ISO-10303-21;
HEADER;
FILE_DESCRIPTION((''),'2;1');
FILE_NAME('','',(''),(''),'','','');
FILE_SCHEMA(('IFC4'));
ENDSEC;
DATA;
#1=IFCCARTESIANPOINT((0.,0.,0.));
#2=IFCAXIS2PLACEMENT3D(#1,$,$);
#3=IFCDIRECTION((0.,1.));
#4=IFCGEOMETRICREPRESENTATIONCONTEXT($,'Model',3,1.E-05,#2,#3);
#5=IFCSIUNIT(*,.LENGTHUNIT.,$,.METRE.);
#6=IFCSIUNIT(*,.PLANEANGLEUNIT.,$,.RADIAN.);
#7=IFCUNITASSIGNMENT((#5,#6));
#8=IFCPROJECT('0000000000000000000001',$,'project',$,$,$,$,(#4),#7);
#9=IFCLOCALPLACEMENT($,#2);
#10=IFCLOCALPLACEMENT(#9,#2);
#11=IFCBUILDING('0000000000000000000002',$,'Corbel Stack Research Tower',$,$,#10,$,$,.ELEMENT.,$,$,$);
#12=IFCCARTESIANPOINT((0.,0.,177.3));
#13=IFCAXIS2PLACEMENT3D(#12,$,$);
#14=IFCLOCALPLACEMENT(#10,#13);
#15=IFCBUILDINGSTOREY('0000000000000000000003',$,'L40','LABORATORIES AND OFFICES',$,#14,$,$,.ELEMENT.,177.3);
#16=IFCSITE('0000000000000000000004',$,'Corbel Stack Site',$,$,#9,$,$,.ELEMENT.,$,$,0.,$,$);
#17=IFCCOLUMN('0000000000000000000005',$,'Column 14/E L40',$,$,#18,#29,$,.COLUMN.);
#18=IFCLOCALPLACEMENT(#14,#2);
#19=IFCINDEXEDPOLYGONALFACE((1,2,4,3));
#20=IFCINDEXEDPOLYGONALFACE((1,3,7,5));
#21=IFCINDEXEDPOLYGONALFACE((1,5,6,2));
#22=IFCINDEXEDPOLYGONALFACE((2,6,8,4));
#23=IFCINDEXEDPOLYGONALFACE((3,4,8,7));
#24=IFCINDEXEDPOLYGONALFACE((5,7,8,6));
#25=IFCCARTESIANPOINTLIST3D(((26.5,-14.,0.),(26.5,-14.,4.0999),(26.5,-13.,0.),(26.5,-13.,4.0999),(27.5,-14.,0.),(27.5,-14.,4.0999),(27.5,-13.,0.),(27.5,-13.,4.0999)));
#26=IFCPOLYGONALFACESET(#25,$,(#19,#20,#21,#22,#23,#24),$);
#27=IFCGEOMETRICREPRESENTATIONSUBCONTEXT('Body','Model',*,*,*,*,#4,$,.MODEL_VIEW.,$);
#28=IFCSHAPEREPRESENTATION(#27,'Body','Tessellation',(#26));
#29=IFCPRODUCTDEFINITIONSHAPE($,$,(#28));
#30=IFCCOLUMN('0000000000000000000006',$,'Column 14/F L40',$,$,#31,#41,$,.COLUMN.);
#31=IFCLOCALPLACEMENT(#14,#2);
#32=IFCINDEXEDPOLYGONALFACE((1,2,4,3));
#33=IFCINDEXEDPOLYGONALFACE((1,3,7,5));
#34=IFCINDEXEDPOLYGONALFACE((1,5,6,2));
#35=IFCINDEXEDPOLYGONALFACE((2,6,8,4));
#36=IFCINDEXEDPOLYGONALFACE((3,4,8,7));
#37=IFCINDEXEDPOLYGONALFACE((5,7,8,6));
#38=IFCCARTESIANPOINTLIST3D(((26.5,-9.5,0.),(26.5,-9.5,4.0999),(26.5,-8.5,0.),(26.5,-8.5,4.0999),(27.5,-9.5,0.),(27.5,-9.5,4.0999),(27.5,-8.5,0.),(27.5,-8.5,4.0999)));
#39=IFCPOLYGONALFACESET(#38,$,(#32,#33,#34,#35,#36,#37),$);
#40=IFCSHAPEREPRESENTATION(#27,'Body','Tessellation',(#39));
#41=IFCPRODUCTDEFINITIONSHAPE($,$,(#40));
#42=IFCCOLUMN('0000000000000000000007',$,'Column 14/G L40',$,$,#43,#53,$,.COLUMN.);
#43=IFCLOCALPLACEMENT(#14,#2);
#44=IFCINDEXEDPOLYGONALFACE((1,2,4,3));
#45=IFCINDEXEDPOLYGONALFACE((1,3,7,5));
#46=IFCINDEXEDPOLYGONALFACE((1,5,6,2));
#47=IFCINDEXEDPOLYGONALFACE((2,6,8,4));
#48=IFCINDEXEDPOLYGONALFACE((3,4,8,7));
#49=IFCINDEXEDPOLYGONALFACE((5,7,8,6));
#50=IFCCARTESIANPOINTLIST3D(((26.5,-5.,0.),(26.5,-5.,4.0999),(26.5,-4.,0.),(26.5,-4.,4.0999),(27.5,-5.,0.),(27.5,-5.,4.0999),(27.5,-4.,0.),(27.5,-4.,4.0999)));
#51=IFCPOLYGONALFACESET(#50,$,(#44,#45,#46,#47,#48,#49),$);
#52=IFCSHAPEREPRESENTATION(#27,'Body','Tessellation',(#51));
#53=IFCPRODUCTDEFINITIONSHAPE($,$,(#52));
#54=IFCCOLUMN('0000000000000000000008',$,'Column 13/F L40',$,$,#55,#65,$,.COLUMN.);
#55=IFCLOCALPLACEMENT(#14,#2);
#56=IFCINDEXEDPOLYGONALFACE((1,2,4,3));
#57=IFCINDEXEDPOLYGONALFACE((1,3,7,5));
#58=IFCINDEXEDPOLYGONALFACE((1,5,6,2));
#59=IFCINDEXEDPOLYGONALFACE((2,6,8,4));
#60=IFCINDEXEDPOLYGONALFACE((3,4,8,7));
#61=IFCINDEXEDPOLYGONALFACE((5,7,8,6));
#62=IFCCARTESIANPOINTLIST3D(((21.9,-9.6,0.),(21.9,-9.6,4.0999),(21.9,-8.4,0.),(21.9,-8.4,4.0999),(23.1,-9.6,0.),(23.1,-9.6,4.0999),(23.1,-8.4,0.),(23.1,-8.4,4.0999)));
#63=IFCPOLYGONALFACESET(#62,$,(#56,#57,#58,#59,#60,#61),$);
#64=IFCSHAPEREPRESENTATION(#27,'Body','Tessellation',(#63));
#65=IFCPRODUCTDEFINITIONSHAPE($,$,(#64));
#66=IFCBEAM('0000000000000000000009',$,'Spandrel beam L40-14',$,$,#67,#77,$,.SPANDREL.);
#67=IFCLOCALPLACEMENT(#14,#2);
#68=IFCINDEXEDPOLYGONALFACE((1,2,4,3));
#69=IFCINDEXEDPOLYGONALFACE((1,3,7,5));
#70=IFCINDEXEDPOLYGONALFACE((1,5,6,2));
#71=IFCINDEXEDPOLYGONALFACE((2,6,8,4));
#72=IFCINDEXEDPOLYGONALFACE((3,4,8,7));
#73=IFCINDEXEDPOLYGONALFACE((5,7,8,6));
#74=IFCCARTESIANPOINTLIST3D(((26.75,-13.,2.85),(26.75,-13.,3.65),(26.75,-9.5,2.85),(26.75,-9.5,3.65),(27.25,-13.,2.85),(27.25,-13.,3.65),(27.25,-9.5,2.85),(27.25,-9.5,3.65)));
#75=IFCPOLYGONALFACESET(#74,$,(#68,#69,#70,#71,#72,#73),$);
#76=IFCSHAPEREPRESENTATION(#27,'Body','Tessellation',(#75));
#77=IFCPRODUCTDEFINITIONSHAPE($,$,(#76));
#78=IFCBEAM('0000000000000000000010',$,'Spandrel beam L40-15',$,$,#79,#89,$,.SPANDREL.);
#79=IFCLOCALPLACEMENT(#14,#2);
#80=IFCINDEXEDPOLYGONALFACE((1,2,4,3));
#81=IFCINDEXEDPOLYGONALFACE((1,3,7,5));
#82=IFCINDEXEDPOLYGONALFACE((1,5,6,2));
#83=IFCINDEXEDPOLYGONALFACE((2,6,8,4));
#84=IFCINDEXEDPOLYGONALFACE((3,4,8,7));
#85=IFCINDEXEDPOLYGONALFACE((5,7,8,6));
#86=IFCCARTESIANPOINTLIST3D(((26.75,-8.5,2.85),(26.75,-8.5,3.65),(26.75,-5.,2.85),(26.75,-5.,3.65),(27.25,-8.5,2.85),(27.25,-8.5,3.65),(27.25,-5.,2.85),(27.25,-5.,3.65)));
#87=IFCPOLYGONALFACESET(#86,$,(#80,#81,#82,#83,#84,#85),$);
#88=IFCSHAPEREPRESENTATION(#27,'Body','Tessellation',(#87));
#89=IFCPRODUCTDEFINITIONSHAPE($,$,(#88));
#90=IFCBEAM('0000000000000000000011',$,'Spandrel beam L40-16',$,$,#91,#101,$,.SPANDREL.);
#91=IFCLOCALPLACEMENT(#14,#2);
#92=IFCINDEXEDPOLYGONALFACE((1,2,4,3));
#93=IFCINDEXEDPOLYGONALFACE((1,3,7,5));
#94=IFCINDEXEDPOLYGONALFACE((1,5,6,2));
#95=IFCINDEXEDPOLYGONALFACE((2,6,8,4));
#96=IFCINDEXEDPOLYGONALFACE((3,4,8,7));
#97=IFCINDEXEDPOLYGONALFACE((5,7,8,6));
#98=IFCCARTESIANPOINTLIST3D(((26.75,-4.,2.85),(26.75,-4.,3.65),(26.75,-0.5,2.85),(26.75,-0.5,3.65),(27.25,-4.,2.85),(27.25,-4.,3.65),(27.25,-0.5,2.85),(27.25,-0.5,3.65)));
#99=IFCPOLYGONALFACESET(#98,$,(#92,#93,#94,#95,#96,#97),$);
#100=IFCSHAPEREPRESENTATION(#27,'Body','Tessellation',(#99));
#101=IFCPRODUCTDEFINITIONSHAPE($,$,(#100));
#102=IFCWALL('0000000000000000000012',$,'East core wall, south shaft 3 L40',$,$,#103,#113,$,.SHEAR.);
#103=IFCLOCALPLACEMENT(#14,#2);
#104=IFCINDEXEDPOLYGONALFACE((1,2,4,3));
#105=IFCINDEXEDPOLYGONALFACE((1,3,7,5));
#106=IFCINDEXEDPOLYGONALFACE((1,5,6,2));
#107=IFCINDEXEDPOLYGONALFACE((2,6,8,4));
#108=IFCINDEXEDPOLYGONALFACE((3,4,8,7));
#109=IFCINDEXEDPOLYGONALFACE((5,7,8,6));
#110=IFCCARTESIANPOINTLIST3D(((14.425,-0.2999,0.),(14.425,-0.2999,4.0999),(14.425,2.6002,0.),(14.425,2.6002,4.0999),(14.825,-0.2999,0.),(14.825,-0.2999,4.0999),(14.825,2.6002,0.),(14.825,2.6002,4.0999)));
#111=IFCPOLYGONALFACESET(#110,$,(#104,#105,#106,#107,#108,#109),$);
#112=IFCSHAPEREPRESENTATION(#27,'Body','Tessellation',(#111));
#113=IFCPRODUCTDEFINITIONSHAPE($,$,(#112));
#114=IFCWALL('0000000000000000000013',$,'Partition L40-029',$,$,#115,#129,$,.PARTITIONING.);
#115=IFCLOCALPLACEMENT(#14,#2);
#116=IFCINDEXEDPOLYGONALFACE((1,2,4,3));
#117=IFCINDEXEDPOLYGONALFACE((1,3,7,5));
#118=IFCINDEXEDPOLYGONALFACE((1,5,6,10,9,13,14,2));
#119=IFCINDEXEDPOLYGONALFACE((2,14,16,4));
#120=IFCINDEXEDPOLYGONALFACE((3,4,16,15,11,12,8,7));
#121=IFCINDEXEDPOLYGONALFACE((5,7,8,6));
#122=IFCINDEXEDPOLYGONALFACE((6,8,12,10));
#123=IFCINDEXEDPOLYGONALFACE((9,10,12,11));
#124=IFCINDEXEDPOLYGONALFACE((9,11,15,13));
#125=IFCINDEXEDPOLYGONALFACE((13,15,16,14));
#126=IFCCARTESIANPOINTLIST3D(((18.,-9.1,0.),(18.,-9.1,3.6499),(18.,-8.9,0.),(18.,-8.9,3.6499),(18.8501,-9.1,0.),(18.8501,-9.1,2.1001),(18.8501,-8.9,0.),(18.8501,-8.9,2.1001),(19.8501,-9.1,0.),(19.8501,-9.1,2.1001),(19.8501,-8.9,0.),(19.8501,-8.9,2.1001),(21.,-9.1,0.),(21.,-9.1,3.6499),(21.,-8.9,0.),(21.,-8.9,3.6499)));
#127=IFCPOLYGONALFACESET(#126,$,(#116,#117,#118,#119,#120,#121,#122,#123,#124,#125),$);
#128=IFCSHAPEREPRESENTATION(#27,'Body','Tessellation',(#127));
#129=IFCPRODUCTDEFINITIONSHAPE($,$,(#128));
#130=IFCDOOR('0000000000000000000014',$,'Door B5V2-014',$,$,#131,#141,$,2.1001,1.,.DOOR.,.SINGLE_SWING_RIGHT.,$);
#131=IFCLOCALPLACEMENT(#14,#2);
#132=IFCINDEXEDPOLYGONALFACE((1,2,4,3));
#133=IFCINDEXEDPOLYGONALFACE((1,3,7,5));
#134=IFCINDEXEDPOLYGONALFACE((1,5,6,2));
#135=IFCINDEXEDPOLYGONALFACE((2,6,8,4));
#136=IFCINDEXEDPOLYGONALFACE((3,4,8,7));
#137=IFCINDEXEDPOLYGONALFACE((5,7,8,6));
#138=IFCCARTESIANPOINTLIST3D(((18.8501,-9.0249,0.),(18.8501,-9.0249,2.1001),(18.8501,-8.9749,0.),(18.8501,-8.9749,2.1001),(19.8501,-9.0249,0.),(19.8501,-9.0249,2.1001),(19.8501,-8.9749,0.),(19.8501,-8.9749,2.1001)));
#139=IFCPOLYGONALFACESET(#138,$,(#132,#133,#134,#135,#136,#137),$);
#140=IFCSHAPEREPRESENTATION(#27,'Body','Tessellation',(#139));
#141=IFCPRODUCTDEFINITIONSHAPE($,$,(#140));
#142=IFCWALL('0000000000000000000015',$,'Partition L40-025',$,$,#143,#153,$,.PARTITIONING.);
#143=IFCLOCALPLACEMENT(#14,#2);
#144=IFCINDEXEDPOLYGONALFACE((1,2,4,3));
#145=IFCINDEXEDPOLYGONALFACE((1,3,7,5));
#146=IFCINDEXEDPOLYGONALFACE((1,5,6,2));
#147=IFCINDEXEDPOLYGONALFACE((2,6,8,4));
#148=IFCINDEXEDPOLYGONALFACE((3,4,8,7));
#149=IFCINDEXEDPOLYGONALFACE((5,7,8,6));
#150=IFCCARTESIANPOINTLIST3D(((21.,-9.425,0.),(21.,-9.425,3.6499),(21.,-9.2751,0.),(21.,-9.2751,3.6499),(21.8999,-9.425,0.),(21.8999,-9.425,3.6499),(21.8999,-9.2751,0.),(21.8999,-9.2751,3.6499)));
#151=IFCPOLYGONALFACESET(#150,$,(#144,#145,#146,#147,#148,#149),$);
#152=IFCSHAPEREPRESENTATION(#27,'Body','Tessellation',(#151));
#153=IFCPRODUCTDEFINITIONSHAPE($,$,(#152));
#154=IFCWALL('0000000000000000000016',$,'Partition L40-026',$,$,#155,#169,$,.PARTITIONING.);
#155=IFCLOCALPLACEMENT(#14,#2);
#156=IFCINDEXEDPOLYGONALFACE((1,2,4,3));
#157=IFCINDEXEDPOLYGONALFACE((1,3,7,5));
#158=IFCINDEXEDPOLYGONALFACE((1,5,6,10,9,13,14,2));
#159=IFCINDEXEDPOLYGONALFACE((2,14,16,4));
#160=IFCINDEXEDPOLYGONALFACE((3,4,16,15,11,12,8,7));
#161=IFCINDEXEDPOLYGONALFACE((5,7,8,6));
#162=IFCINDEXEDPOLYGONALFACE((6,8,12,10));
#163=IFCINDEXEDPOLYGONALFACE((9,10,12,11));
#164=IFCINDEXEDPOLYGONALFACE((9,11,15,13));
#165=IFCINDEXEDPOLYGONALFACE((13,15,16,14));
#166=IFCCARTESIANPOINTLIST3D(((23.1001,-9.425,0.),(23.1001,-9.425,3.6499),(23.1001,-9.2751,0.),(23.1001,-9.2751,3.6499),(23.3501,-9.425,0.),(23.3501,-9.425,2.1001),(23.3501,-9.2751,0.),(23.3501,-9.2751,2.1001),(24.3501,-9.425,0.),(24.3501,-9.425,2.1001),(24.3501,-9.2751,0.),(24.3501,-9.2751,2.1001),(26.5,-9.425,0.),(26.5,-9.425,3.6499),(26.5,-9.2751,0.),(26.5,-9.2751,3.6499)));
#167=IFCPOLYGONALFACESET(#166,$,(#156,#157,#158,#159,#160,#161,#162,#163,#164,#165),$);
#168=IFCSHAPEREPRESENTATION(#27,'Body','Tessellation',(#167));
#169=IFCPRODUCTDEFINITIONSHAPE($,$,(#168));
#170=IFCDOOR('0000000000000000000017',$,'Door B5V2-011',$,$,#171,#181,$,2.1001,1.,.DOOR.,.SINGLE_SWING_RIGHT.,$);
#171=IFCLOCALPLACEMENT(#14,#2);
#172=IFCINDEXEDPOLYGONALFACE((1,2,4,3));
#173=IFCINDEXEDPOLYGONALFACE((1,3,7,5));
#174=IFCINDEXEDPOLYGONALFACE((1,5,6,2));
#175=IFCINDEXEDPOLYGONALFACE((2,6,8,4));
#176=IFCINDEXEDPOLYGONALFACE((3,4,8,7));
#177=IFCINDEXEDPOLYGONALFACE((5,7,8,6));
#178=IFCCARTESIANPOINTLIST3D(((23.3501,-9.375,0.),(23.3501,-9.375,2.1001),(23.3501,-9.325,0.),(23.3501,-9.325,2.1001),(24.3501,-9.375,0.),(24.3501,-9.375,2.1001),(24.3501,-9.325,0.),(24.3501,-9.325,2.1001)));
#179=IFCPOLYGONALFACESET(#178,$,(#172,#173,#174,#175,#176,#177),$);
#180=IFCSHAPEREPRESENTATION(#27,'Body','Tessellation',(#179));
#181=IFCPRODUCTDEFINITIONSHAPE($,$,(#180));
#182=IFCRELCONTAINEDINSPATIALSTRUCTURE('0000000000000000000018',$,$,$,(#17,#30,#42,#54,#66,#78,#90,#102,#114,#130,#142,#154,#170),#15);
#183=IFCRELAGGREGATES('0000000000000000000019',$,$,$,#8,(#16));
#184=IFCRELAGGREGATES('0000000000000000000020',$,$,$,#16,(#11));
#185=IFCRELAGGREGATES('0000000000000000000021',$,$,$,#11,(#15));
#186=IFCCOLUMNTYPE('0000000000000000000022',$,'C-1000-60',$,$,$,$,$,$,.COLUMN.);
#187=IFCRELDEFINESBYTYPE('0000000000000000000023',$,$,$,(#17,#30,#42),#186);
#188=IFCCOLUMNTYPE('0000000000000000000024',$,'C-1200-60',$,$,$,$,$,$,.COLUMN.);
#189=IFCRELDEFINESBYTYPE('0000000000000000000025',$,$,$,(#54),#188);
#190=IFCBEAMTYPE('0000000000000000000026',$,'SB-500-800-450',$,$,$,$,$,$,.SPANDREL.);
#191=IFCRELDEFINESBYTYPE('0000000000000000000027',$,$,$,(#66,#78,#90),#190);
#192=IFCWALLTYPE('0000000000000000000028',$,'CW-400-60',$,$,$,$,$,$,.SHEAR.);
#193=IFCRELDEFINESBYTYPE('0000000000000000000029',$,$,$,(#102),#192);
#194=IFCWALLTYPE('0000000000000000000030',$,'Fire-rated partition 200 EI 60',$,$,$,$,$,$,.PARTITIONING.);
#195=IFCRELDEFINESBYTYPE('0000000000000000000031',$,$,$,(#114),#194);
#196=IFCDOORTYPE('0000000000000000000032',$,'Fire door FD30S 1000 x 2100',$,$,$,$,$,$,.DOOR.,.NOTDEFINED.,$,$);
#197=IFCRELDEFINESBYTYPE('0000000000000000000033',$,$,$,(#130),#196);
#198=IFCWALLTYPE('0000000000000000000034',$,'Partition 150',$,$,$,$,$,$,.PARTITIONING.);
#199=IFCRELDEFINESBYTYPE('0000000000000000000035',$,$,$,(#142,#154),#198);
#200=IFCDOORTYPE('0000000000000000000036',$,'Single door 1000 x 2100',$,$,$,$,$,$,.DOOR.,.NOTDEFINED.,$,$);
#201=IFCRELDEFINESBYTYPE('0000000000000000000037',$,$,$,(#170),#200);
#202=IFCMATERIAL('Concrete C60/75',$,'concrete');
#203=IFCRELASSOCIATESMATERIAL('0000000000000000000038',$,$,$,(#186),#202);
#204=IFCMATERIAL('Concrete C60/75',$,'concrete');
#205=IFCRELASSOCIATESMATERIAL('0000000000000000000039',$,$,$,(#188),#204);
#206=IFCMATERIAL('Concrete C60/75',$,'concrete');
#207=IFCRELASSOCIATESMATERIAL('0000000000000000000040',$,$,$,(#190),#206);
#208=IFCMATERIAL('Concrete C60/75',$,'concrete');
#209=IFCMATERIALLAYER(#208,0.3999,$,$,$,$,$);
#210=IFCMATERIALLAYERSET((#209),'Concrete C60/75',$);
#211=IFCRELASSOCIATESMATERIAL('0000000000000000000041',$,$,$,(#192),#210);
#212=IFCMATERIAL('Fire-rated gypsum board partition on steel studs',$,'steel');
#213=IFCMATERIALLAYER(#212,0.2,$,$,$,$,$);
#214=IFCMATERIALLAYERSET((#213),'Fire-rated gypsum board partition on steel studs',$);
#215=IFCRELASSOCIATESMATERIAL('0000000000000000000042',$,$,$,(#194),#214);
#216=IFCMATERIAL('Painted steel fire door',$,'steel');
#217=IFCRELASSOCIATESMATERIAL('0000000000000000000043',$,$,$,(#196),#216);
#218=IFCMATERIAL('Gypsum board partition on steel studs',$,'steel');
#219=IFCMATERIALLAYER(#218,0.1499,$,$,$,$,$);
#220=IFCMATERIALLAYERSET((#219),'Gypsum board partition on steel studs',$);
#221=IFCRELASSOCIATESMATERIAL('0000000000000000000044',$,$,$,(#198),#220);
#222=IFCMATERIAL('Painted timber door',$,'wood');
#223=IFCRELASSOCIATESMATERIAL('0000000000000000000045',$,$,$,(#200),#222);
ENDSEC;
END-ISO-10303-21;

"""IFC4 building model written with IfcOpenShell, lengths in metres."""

from ifc_helpers import new_model, si_unit, direction, frame, frame_2d, origin, origin_2d, place, context, subcontext, project, spatial, rectangle, extrude, material, layer, layer_set, material_profile, profile_set, type_object, element, fill, save


model = new_model("IFC4")

# Units and contexts
model_context = context("Model", 3, precision=1e-05, world=origin(), true_north=direction((0.0, 1.0)))
body_context = subcontext(model_context, "Body", "Model", "MODEL_VIEW")
ifc_project = project(units=[si_unit("LENGTHUNIT", "METRE"), si_unit("PLANEANGLEUNIT", "RADIAN")], contexts=[model_context])

# Site, building, storey
site_placement = place(None, origin())
site = spatial("IfcSite", under=ifc_project, at=site_placement, Name="Corbel Stack Site", CompositionType="ELEMENT", RefElevation=0.0)
building_placement = place(site_placement, origin())
building = spatial("IfcBuilding", under=site, at=building_placement, Name="Corbel Stack Research Tower", CompositionType="ELEMENT")
storey_placement = place(building_placement, frame((0.0, 0.0, 177.3)))
storey = spatial("IfcBuildingStorey", under=building, at=storey_placement, Name="L40", Description="LABORATORIES AND OFFICES", CompositionType="ELEMENT", Elevation=177.3)

# Columns
ifc_material_1 = material(Name="Concrete C60/75", Category="concrete")
ifc_material_profile_1 = material_profile(ifc_material_1, rectangle(XDim=1.0, YDim=1.0, at=origin_2d()), Name="RC 1000 x 1000")
ifc_profile_set_1 = profile_set([ifc_material_profile_1], Name="Concrete C60/75")
column_type_1 = type_object("IfcColumnType", Name="C-1000-60", PredefinedType="COLUMN", material=ifc_profile_set_1)
for number, where, z_axis, x_axis, name in (
    (1, (27.0, -13.5, 0.0), (0.0, 0.0, 1.0), (1.0, 0.0, 0.0), "Column 14/E L40"),
    (2, (27.0, -9.0, 0.0), (0.0, 0.0, 1.0), (1.0, 0.0, 0.0), "Column 14/F L40"),
    (3, (27.0, -4.5, 0.0), (0.0, 0.0, 1.0), (1.0, 0.0, 0.0), "Column 14/G L40"),
):
    element("IfcColumn", number, at=place(storey_placement, frame(where, z_axis=z_axis, x_axis=x_axis)), inside=storey, type_object=column_type_1, Name=name, PredefinedType="COLUMN", context=body_context, shape_type="SweptSolid", body=[
        extrude(rectangle(XDim=1.0, YDim=1.0, at=origin_2d()), origin(), (0.0, 0.0, 1.0), 4.0999),
    ])
ifc_material_2 = material(Name="Concrete C60/75", Category="concrete")
ifc_material_profile_2 = material_profile(ifc_material_2, rectangle(XDim=1.2, YDim=1.2, at=origin_2d()), Name="RC 1200 x 1200")
ifc_profile_set_2 = profile_set([ifc_material_profile_2], Name="Concrete C60/75")
column_type_2 = type_object("IfcColumnType", Name="C-1200-60", PredefinedType="COLUMN", material=ifc_profile_set_2)
column_placement = place(storey_placement, frame((22.5, -9.0, 0.0), z_axis=(0.0, 0.0, 1.0), x_axis=(1.0, 0.0, 0.0)))
element("IfcColumn", 4, at=column_placement, inside=storey, type_object=column_type_2, Name="Column 13/F L40", PredefinedType="COLUMN", context=body_context, shape_type="SweptSolid", body=[
    extrude(rectangle(XDim=1.2, YDim=1.2, at=origin_2d()), origin(), (0.0, 0.0, 1.0), 4.0999),
])

# Beams
ifc_material_3 = material(Name="Concrete C60/75", Category="concrete")
ifc_material_profile_3 = material_profile(ifc_material_3, rectangle(XDim=0.5, YDim=0.8, at=origin_2d()), Name="RC 500 x 800")
ifc_profile_set_3 = profile_set([ifc_material_profile_3], Name="Concrete C60/75")
beam_type = type_object("IfcBeamType", Name="SB-500-800-450", PredefinedType="SPANDREL", material=ifc_profile_set_3)
for number, where, z_axis, x_axis, name in (
    (5, (27.0, -13.0, 3.25), (0.0, 1.0, 0.0), (-1.0, 0.0, 0.0), "Spandrel beam L40-14"),
    (6, (27.0, -8.5, 3.25), (0.0, 1.0, 0.0), (-1.0, 0.0, 0.0), "Spandrel beam L40-15"),
    (7, (27.0, -4.0, 3.25), (0.0, 1.0, 0.0), (-1.0, 0.0, 0.0), "Spandrel beam L40-16"),
):
    element("IfcBeam", number, at=place(storey_placement, frame(where, z_axis=z_axis, x_axis=x_axis)), inside=storey, type_object=beam_type, Name=name, PredefinedType="SPANDREL", context=body_context, shape_type="SweptSolid", body=[
        extrude(rectangle(XDim=0.5, YDim=0.8, at=origin_2d()), origin(), (0.0, 0.0, 1.0), 3.5),
    ])

# Wall
ifc_material_4 = material(Name="Concrete C60/75", Category="concrete")
ifc_layer_1 = layer(ifc_material_4, 0.3999)
ifc_layer_set_1 = layer_set([ifc_layer_1], Name="Concrete C60/75")
wall_type_1 = type_object("IfcWallType", Name="CW-400-60", PredefinedType="SHEAR", material=ifc_layer_set_1)
wall_1_placement = place(storey_placement, frame((14.625, -0.3, 0.0), z_axis=(0.0, 0.0, 1.0), x_axis=(0.0, 1.0, 0.0)))
element("IfcWall", 8, at=wall_1_placement, inside=storey, type_object=wall_type_1, Name="East core wall, south shaft 3 L40", PredefinedType="SHEAR", context=body_context, shape_type="SweptSolid", body=[
    extrude(rectangle(XDim=2.9001, YDim=0.3999, at=frame_2d((1.4502, 0.0))), origin(), (0.0, 0.0, 1.0), 4.0999),
])

# Wall, opening, door
ifc_material_5 = material(Name="Fire-rated gypsum board partition on steel studs", Category="steel")
ifc_layer_2 = layer(ifc_material_5, 0.2)
ifc_layer_set_2 = layer_set([ifc_layer_2], Name="Fire-rated gypsum board partition on steel studs")
wall_type_2 = type_object("IfcWallType", Name="Fire-rated partition 200 EI 60", PredefinedType="PARTITIONING", material=ifc_layer_set_2)
wall_2_placement = place(storey_placement, frame((21.0, -9.0, 0.0), z_axis=(0.0, 0.0, 1.0), x_axis=(-1.0, 0.0, 0.0)))
wall_2 = element("IfcWall", 9, at=wall_2_placement, inside=storey, type_object=wall_type_2, Name="Partition L40-029", PredefinedType="PARTITIONING", context=body_context, shape_type="SweptSolid", body=[
    extrude(rectangle(XDim=3.0, YDim=0.2, at=frame_2d((1.5, 0.0))), origin(), (0.0, 0.0, 1.0), 3.6499),
])
opening_1_placement = place(wall_2_placement, frame((1.1499, 0.0, 0.0)))
opening_1 = element("IfcOpeningElement", 10, at=opening_1_placement, cuts=wall_2, PredefinedType="OPENING", context=body_context, shape_type="SweptSolid", body=[
    extrude(rectangle(XDim=1.0, YDim=2.1001, at=frame_2d((0.5, 1.05))), frame((0.0, 0.1099, 0.0), z_axis=(0.0, -1.0, 0.0), x_axis=(1.0, 0.0, 0.0)), (0.0, 0.0, 1.0), 0.22),
])
ifc_material_6 = material(Name="Painted steel fire door", Category="steel")
door_type_1 = type_object("IfcDoorType", Name="Fire door FD30S 1000 x 2100", OperationType="NOTDEFINED", PredefinedType="DOOR", material=ifc_material_6)
door_1_placement = place(opening_1_placement, origin())
door_1 = element("IfcDoor", 11, at=door_1_placement, inside=storey, type_object=door_type_1, Name="Door B5V2-014", OperationType="SINGLE_SWING_RIGHT", OverallHeight=2.1001, OverallWidth=1.0, PredefinedType="DOOR", context=body_context, shape_type="SweptSolid", body=[
    extrude(rectangle(XDim=1.0, YDim=2.1001, at=frame_2d((0.5, 1.05))), frame((0.0, 0.0249, 0.0), z_axis=(0.0, -1.0, 0.0), x_axis=(1.0, 0.0, 0.0)), (0.0, 0.0, 1.0), 0.05),
])
fill(opening_1, door_1)

# Wall
ifc_material_7 = material(Name="Gypsum board partition on steel studs", Category="steel")
ifc_layer_3 = layer(ifc_material_7, 0.1499)
ifc_layer_set_3 = layer_set([ifc_layer_3], Name="Gypsum board partition on steel studs")
wall_type_3 = type_object("IfcWallType", Name="Partition 150", PredefinedType="PARTITIONING", material=ifc_layer_set_3)
wall_3_placement = place(storey_placement, frame((21.0, -9.3501, 0.0), z_axis=(0.0, 0.0, 1.0), x_axis=(1.0, 0.0, 0.0)))
element("IfcWall", 12, at=wall_3_placement, inside=storey, type_object=wall_type_3, Name="Partition L40-025", PredefinedType="PARTITIONING", context=body_context, shape_type="SweptSolid", body=[
    extrude(rectangle(XDim=0.8999, YDim=0.1499, at=frame_2d((0.45, 0.0))), origin(), (0.0, 0.0, 1.0), 3.6499),
])

# Wall, opening, door
wall_4_placement = place(storey_placement, frame((26.5, -9.3501, 0.0), z_axis=(0.0, 0.0, 1.0), x_axis=(-1.0, 0.0, 0.0)))
wall_4 = element("IfcWall", 13, at=wall_4_placement, inside=storey, type_object=wall_type_3, Name="Partition L40-026", PredefinedType="PARTITIONING", context=body_context, shape_type="SweptSolid", body=[
    extrude(rectangle(XDim=3.3999, YDim=0.1499, at=frame_2d((1.7, 0.0))), origin(), (0.0, 0.0, 1.0), 3.6499),
])
opening_2_placement = place(wall_4_placement, frame((2.1499, 0.0, 0.0)))
opening_2 = element("IfcOpeningElement", 14, at=opening_2_placement, cuts=wall_4, PredefinedType="OPENING", context=body_context, shape_type="SweptSolid", body=[
    extrude(rectangle(XDim=1.0, YDim=2.1001, at=frame_2d((0.5, 1.05))), frame((0.0, 0.085, 0.0), z_axis=(0.0, -1.0, 0.0), x_axis=(1.0, 0.0, 0.0)), (0.0, 0.0, 1.0), 0.1699),
])
ifc_material_8 = material(Name="Painted timber door", Category="wood")
door_type_2 = type_object("IfcDoorType", Name="Single door 1000 x 2100", OperationType="NOTDEFINED", PredefinedType="DOOR", material=ifc_material_8)
door_2_placement = place(opening_2_placement, origin())
door_2 = element("IfcDoor", 15, at=door_2_placement, inside=storey, type_object=door_type_2, Name="Door B5V2-011", OperationType="SINGLE_SWING_RIGHT", OverallHeight=2.1001, OverallWidth=1.0, PredefinedType="DOOR", context=body_context, shape_type="SweptSolid", body=[
    extrude(rectangle(XDim=1.0, YDim=2.1001, at=frame_2d((0.5, 1.05))), frame((0.0, 0.0249, 0.0), z_axis=(0.0, -1.0, 0.0), x_axis=(1.0, 0.0, 0.0)), (0.0, 0.0, 1.0), 0.05),
])
fill(opening_2, door_2)

save(model, "model.ifc")
